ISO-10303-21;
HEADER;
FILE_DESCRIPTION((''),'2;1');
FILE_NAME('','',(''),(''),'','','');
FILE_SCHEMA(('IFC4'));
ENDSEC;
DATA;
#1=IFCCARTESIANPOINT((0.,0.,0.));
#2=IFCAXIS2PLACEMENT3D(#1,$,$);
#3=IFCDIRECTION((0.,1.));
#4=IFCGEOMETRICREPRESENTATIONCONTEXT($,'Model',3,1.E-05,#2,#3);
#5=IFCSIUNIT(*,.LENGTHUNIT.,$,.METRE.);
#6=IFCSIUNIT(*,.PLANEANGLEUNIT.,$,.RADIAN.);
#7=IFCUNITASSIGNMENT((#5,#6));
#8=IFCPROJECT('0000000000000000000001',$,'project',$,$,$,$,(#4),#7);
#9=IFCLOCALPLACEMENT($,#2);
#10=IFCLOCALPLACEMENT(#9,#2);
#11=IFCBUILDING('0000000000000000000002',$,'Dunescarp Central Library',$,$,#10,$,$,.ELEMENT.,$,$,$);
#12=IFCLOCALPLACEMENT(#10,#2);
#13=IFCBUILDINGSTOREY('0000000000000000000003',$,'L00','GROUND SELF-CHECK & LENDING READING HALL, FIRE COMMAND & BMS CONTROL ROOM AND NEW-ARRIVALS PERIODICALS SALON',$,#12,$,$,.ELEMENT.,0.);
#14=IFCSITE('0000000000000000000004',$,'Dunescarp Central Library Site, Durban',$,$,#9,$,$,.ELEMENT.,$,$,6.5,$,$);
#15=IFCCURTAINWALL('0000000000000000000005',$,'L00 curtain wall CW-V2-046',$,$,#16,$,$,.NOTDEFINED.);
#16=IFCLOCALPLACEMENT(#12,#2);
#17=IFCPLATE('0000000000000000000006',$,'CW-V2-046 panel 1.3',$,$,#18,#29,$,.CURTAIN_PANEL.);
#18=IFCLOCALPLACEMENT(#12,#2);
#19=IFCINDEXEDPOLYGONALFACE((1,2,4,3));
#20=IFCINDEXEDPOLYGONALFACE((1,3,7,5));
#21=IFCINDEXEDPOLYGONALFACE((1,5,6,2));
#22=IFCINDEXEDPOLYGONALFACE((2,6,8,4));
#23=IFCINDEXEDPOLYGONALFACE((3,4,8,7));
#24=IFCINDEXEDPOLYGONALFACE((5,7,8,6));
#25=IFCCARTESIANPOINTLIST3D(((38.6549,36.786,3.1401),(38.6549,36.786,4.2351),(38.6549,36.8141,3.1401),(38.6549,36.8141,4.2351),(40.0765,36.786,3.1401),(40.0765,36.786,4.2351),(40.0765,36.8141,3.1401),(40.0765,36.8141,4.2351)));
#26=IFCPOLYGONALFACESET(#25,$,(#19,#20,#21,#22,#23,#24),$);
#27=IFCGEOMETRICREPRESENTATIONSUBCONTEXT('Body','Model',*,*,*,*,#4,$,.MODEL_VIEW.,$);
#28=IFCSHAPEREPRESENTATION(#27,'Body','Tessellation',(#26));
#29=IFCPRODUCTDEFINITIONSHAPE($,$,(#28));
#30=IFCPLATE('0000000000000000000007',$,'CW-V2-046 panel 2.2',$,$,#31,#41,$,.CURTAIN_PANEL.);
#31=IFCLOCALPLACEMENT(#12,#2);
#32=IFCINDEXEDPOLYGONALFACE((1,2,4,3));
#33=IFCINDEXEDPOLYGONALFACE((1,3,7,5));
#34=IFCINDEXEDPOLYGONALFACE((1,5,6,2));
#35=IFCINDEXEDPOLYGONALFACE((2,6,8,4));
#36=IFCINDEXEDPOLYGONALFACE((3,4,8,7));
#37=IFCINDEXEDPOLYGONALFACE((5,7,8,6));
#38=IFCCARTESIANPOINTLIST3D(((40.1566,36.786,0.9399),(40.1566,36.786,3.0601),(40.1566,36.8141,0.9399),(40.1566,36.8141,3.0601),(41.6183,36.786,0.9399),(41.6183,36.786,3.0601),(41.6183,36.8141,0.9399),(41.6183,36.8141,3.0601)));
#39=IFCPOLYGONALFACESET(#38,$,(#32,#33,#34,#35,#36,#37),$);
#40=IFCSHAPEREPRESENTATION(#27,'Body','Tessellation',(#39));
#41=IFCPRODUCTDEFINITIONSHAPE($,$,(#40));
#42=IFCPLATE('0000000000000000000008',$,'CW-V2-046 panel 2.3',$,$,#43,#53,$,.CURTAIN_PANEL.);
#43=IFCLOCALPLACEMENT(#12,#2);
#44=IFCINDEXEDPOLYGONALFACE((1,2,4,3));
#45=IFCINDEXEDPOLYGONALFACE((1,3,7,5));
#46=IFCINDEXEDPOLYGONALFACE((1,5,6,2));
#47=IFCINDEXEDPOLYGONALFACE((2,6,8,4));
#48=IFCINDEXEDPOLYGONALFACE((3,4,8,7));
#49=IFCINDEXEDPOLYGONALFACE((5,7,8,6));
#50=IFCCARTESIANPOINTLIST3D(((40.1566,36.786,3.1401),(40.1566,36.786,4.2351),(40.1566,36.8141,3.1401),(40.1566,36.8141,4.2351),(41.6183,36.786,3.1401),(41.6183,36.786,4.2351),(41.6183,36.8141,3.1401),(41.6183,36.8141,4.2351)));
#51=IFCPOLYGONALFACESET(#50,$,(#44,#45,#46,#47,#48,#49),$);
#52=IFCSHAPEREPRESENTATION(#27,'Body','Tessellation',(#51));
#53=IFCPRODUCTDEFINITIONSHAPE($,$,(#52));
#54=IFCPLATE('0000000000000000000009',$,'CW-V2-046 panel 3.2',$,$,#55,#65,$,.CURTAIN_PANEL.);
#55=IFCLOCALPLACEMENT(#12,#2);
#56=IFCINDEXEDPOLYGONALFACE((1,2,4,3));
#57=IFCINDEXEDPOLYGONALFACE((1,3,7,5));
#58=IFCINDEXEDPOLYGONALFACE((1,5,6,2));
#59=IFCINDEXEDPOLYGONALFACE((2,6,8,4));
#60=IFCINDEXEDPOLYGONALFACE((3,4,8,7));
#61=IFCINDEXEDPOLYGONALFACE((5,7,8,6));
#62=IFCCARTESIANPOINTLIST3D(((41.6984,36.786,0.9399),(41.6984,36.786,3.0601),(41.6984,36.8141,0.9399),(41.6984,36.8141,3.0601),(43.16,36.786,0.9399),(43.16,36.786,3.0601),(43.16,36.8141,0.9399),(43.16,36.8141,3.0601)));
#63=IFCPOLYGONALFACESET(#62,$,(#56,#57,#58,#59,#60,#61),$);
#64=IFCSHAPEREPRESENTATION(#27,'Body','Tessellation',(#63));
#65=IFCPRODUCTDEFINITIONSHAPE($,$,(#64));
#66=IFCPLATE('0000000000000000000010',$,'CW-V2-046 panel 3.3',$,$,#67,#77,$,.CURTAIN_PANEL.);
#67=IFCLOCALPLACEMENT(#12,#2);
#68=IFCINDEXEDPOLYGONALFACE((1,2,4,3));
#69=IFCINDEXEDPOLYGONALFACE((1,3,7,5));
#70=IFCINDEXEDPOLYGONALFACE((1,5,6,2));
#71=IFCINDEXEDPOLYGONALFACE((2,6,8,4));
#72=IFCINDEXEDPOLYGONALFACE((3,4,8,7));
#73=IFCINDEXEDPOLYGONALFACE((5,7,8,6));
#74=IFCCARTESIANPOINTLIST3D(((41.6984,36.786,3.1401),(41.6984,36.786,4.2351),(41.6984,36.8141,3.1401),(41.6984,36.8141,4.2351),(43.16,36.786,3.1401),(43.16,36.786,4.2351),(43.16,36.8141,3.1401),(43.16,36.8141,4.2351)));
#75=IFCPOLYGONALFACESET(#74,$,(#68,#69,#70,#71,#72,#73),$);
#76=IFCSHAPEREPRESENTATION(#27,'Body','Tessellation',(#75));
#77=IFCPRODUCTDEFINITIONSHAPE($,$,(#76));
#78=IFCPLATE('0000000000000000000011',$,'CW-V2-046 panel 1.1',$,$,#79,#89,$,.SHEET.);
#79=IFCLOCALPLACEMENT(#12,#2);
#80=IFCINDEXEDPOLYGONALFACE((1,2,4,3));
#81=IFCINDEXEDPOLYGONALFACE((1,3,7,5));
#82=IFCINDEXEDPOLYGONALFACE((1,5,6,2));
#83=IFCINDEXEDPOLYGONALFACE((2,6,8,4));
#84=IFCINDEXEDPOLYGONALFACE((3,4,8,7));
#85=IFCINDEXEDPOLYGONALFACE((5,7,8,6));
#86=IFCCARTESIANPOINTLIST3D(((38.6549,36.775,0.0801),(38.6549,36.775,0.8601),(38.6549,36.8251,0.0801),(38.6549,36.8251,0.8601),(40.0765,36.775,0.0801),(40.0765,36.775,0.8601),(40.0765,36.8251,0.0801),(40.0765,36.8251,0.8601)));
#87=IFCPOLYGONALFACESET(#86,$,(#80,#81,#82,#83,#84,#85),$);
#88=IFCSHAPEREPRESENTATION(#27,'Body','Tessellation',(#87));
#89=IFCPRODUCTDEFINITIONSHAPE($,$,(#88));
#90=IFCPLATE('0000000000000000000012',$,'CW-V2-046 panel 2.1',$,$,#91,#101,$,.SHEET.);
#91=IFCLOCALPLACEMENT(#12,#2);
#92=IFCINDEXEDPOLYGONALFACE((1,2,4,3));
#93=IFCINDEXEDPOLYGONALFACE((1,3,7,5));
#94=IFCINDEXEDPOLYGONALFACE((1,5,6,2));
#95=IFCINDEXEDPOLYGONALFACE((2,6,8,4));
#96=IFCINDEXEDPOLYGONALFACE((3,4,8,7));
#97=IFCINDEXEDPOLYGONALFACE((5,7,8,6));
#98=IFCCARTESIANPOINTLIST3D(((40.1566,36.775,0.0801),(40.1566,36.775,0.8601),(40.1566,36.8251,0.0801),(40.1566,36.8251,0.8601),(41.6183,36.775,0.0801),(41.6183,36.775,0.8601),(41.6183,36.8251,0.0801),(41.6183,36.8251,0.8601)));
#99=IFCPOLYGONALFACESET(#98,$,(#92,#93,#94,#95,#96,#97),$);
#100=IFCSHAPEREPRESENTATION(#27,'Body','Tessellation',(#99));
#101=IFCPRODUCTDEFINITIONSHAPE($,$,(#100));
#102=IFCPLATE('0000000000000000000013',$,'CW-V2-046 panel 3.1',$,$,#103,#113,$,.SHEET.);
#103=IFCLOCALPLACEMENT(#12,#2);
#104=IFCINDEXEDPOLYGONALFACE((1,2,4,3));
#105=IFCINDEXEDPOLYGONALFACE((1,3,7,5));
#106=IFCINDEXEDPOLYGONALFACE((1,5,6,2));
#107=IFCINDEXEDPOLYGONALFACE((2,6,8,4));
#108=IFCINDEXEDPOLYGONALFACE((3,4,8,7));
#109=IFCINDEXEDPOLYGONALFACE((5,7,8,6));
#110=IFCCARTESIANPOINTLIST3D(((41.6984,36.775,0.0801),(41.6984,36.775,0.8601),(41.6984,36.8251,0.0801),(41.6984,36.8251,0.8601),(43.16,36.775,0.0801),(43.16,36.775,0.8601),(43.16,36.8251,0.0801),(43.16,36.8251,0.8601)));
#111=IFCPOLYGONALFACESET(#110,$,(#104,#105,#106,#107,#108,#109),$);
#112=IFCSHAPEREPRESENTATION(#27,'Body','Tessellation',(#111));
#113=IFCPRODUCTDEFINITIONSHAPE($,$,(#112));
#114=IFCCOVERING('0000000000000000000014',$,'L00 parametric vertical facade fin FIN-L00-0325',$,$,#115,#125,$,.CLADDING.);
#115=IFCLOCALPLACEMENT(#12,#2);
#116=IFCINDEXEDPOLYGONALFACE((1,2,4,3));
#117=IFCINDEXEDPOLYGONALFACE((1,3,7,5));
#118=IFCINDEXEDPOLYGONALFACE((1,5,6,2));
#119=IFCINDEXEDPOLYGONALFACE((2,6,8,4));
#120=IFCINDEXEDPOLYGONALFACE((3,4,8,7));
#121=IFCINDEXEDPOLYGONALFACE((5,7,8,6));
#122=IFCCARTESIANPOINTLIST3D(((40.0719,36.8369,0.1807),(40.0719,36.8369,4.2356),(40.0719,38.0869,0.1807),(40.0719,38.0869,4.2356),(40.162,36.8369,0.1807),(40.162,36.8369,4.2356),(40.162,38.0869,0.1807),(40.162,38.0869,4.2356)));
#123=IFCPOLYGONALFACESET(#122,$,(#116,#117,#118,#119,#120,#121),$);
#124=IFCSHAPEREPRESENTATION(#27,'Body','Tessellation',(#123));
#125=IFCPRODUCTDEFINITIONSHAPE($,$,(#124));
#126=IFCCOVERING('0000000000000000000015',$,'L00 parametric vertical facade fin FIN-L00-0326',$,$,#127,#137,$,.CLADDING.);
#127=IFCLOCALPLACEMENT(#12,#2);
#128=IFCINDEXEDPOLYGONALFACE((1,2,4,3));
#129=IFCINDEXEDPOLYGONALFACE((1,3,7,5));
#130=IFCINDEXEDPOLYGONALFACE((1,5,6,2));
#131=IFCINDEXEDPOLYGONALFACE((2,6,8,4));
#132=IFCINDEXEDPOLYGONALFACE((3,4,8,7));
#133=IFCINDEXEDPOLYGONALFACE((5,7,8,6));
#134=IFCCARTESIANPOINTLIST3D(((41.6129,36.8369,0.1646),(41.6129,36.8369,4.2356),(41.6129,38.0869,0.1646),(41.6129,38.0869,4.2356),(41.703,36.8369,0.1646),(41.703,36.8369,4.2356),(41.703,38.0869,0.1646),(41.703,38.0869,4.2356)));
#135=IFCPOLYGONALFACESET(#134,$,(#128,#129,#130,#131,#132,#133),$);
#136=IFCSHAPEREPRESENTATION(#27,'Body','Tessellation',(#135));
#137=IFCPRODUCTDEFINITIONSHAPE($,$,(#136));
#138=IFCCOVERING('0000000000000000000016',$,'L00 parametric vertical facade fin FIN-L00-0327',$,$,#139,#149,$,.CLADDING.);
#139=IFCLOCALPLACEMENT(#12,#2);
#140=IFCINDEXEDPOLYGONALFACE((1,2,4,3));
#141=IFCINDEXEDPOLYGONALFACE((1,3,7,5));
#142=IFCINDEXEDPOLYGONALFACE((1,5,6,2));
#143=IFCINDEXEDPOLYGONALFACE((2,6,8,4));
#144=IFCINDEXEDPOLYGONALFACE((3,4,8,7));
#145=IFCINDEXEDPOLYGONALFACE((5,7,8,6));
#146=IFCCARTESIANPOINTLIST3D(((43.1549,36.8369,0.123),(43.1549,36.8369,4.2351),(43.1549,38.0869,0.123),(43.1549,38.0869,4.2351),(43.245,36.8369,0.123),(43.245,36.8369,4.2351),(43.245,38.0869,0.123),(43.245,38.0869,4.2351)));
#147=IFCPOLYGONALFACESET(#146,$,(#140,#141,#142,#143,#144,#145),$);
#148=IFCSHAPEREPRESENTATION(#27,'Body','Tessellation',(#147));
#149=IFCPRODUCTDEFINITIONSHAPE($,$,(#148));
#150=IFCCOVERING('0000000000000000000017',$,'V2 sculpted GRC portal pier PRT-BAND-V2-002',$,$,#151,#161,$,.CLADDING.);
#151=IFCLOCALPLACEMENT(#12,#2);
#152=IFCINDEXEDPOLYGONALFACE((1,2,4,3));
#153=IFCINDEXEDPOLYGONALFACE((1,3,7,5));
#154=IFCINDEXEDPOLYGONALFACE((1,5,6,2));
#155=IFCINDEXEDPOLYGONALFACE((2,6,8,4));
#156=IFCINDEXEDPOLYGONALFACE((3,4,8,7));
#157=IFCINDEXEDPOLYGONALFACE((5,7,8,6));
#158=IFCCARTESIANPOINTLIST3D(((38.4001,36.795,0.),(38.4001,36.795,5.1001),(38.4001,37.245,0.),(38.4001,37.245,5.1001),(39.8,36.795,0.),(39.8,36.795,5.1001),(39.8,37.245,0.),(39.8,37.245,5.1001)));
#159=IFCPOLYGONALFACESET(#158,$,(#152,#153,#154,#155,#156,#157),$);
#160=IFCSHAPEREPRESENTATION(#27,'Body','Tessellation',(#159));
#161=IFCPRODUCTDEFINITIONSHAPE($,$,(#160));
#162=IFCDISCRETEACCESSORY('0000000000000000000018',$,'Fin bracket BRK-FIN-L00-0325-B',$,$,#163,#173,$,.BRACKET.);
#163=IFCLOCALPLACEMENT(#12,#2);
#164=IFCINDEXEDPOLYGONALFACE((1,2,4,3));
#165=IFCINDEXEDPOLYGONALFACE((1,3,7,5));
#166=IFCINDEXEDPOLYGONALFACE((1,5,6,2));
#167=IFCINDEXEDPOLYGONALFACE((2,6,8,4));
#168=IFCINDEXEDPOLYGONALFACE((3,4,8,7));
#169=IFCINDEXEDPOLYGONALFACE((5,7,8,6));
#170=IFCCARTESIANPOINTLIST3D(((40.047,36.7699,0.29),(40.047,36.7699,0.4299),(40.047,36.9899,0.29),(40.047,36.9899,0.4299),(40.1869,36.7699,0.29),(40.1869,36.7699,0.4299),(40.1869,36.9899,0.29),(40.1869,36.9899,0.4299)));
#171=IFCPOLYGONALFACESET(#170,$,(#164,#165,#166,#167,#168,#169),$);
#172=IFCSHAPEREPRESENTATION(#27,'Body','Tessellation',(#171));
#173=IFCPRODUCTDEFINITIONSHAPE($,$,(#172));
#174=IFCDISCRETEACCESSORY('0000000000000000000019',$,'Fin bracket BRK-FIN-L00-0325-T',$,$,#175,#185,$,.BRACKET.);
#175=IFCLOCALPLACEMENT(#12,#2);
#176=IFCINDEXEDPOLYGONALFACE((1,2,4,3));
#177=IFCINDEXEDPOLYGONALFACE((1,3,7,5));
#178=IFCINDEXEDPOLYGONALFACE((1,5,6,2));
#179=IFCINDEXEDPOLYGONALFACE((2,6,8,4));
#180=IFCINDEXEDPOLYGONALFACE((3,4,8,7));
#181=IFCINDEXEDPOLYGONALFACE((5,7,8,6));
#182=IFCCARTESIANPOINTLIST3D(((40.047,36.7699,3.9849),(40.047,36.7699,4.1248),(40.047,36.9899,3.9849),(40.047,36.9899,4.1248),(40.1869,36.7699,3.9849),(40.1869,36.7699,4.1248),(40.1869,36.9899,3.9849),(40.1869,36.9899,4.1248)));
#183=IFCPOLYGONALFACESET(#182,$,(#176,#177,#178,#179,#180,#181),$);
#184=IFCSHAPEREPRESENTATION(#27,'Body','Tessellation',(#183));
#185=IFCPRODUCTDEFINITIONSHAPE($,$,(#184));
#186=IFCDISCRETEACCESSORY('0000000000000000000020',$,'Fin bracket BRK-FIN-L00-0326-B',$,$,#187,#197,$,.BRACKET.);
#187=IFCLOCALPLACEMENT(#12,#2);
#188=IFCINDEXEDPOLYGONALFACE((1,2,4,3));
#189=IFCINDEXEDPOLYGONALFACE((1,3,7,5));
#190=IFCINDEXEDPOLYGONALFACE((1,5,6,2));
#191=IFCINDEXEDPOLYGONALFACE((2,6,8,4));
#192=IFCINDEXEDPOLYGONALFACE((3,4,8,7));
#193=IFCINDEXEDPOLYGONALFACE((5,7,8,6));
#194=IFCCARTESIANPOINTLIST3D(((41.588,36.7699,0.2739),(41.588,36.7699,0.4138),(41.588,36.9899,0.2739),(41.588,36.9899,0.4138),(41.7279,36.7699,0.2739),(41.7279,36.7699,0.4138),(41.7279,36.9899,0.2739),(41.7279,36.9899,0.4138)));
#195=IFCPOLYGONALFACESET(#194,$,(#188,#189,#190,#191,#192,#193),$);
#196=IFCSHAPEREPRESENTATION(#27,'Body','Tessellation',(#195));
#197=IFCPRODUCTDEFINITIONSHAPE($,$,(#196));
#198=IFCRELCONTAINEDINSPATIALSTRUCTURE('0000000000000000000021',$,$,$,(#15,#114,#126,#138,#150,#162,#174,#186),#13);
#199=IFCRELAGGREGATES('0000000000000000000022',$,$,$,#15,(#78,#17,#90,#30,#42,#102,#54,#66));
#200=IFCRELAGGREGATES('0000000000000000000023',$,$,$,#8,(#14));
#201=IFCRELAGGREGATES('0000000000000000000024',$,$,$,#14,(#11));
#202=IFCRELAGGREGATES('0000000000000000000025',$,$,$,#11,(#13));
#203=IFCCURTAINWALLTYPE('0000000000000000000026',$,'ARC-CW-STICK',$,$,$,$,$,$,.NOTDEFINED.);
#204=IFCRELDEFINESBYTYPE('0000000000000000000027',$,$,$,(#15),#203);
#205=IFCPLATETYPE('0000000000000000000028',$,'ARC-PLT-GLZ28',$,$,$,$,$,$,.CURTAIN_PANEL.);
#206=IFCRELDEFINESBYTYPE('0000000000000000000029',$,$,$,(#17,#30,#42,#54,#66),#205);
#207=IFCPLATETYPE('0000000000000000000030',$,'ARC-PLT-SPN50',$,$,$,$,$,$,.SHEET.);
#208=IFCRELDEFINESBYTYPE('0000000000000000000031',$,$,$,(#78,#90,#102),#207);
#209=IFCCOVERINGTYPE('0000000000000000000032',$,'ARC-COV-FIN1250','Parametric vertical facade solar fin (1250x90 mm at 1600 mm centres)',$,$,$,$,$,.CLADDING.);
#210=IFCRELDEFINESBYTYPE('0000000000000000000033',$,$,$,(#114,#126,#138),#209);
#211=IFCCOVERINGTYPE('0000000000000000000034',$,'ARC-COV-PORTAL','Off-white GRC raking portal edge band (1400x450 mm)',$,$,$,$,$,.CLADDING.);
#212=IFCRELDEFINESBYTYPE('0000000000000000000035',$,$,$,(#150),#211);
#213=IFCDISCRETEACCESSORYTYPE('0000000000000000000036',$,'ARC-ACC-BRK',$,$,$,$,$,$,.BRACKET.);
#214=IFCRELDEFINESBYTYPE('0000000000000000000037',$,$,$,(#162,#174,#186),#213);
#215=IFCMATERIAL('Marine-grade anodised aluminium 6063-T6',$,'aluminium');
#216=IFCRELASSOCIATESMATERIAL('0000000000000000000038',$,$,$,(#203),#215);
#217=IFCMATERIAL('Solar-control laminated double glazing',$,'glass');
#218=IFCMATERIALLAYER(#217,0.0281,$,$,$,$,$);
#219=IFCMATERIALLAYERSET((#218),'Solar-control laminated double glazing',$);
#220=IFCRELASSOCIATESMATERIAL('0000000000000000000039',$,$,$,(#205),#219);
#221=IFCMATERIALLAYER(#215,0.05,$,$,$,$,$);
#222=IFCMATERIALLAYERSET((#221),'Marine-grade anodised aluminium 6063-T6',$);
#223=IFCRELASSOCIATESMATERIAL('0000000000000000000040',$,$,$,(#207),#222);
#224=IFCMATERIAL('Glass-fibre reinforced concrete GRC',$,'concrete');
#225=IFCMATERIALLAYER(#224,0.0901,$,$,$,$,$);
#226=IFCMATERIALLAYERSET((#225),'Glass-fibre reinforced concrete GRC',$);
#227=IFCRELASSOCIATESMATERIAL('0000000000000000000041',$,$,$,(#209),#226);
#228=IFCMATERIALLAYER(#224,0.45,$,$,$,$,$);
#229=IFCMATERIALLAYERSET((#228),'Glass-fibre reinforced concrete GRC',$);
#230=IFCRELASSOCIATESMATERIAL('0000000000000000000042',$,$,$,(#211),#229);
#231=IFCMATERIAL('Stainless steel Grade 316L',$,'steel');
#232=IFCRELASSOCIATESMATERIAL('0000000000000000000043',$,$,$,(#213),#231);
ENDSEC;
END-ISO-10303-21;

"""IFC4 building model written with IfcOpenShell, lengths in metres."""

from ifc_helpers import new_model, si_unit, direction, frame, origin, origin_2d, place, context, subcontext, project, spatial, rectangle, extrude, material, layer, layer_set, type_object, element, aggregate, save


model = new_model("IFC4")

# Units and contexts
model_context = context("Model", 3, precision=1e-05, world=origin(), true_north=direction((0.0, 1.0)))
body_context = subcontext(model_context, "Body", "Model", "MODEL_VIEW")
ifc_project = project(units=[si_unit("LENGTHUNIT", "METRE"), si_unit("PLANEANGLEUNIT", "RADIAN")], contexts=[model_context])

# Site, building, storey
site_placement = place(None, origin())
site = spatial("IfcSite", under=ifc_project, at=site_placement, Name="Dunescarp Central Library Site, Durban", CompositionType="ELEMENT", RefElevation=6.5)
building_placement = place(site_placement, origin())
building = spatial("IfcBuilding", under=site, at=building_placement, Name="Dunescarp Central Library", CompositionType="ELEMENT")
storey_placement = place(building_placement, origin())
storey = spatial("IfcBuildingStorey", under=building, at=storey_placement, Name="L00", Description="GROUND SELF-CHECK & LENDING READING HALL, FIRE COMMAND & BMS CONTROL ROOM AND NEW-ARRIVALS PERIODICALS SALON", CompositionType="ELEMENT", Elevation=0.0)

# Curtain wall, plates
ifc_material_1 = material(Name="Marine-grade anodised aluminium 6063-T6", Category="aluminium")
curtain_wall_type = type_object("IfcCurtainWallType", Name="ARC-CW-STICK", PredefinedType="NOTDEFINED", material=ifc_material_1)
curtain_wall_placement = place(storey_placement, origin())
curtain_wall = element("IfcCurtainWall", 1, at=curtain_wall_placement, inside=storey, type_object=curtain_wall_type, Name="L00 curtain wall CW-V2-046", PredefinedType="NOTDEFINED")
ifc_material_2 = material(Name="Solar-control laminated double glazing", Category="glass")
ifc_layer_1 = layer(ifc_material_2, 0.0281)
ifc_layer_set_1 = layer_set([ifc_layer_1], Name="Solar-control laminated double glazing")
plate_type_1 = type_object("IfcPlateType", Name="ARC-PLT-GLZ28", PredefinedType="CURTAIN_PANEL", material=ifc_layer_set_1)
plate_1_placement = place(storey_placement, frame((39.3657, 36.8, 3.1401), z_axis=(0.0, 0.0, 1.0), x_axis=(1.0, 0.0, 0.0)))
plate_1 = element("IfcPlate", 2, at=plate_1_placement, type_object=plate_type_1, Name="CW-V2-046 panel 1.3", PredefinedType="CURTAIN_PANEL", context=body_context, shape_type="SweptSolid", body=[
    extrude(rectangle(XDim=1.4216, YDim=0.0281, at=origin_2d()), origin(), (0.0, 0.0, 1.0), 1.095),
])
plate_2_placement = place(storey_placement, frame((40.8875, 36.8, 0.9399), z_axis=(0.0, 0.0, 1.0), x_axis=(1.0, 0.0, 0.0)))
plate_2 = element("IfcPlate", 3, at=plate_2_placement, type_object=plate_type_1, Name="CW-V2-046 panel 2.2", PredefinedType="CURTAIN_PANEL", context=body_context, shape_type="SweptSolid", body=[
    extrude(rectangle(XDim=1.4617, YDim=0.0281, at=origin_2d()), origin(), (0.0, 0.0, 1.0), 2.1201),
])
plate_3_placement = place(storey_placement, frame((40.8875, 36.8, 3.1401), z_axis=(0.0, 0.0, 1.0), x_axis=(1.0, 0.0, 0.0)))
plate_3 = element("IfcPlate", 4, at=plate_3_placement, type_object=plate_type_1, Name="CW-V2-046 panel 2.3", PredefinedType="CURTAIN_PANEL", context=body_context, shape_type="SweptSolid", body=[
    extrude(rectangle(XDim=1.4617, YDim=0.0281, at=origin_2d()), origin(), (0.0, 0.0, 1.0), 1.095),
])
plate_4_placement = place(storey_placement, frame((42.4292, 36.8, 0.9399), z_axis=(0.0, 0.0, 1.0), x_axis=(1.0, 0.0, 0.0)))
plate_4 = element("IfcPlate", 5, at=plate_4_placement, type_object=plate_type_1, Name="CW-V2-046 panel 3.2", PredefinedType="CURTAIN_PANEL", context=body_context, shape_type="SweptSolid", body=[
    extrude(rectangle(XDim=1.4617, YDim=0.0281, at=origin_2d()), origin(), (0.0, 0.0, 1.0), 2.1201),
])
plate_5_placement = place(storey_placement, frame((42.4292, 36.8, 3.1401), z_axis=(0.0, 0.0, 1.0), x_axis=(1.0, 0.0, 0.0)))
plate_5 = element("IfcPlate", 6, at=plate_5_placement, type_object=plate_type_1, Name="CW-V2-046 panel 3.3", PredefinedType="CURTAIN_PANEL", context=body_context, shape_type="SweptSolid", body=[
    extrude(rectangle(XDim=1.4617, YDim=0.0281, at=origin_2d()), origin(), (0.0, 0.0, 1.0), 1.095),
])
ifc_layer_2 = layer(ifc_material_1, 0.05)
ifc_layer_set_2 = layer_set([ifc_layer_2], Name="Marine-grade anodised aluminium 6063-T6")
plate_type_2 = type_object("IfcPlateType", Name="ARC-PLT-SPN50", PredefinedType="SHEET", material=ifc_layer_set_2)
plate_6_placement = place(storey_placement, frame((39.3657, 36.8, 0.0801), z_axis=(0.0, 0.0, 1.0), x_axis=(1.0, 0.0, 0.0)))
plate_6 = element("IfcPlate", 7, at=plate_6_placement, type_object=plate_type_2, Name="CW-V2-046 panel 1.1", PredefinedType="SHEET", context=body_context, shape_type="SweptSolid", body=[
    extrude(rectangle(XDim=1.4216, YDim=0.05, at=origin_2d()), origin(), (0.0, 0.0, 1.0), 0.78),
])
plate_7_placement = place(storey_placement, frame((40.8875, 36.8, 0.0801), z_axis=(0.0, 0.0, 1.0), x_axis=(1.0, 0.0, 0.0)))
plate_7 = element("IfcPlate", 8, at=plate_7_placement, type_object=plate_type_2, Name="CW-V2-046 panel 2.1", PredefinedType="SHEET", context=body_context, shape_type="SweptSolid", body=[
    extrude(rectangle(XDim=1.4617, YDim=0.05, at=origin_2d()), origin(), (0.0, 0.0, 1.0), 0.78),
])
plate_8_placement = place(storey_placement, frame((42.4292, 36.8, 0.0801), z_axis=(0.0, 0.0, 1.0), x_axis=(1.0, 0.0, 0.0)))
plate_8 = element("IfcPlate", 9, at=plate_8_placement, type_object=plate_type_2, Name="CW-V2-046 panel 3.1", PredefinedType="SHEET", context=body_context, shape_type="SweptSolid", body=[
    extrude(rectangle(XDim=1.4617, YDim=0.05, at=origin_2d()), origin(), (0.0, 0.0, 1.0), 0.78),
])
aggregate(curtain_wall, [plate_6, plate_1, plate_7, plate_2, plate_3, plate_8, plate_4, plate_5])

# Coverings
ifc_material_3 = material(Name="Glass-fibre reinforced concrete GRC", Category="concrete")
ifc_layer_3 = layer(ifc_material_3, 0.0901)
ifc_layer_set_3 = layer_set([ifc_layer_3], Name="Glass-fibre reinforced concrete GRC")
covering_type_1 = type_object("IfcCoveringType", Name="ARC-COV-FIN1250", Description="Parametric vertical facade solar fin (1250x90 mm at 1600 mm centres)", PredefinedType="CLADDING", material=ifc_layer_set_3)
covering_1_placement = place(storey_placement, frame((40.1169, 37.4619, 0.1807), z_axis=(0.0, 0.0, 1.0), x_axis=(0.0, 1.0, 0.0)))
element("IfcCovering", 10, at=covering_1_placement, inside=storey, type_object=covering_type_1, Name="L00 parametric vertical facade fin FIN-L00-0325", PredefinedType="CLADDING", context=body_context, shape_type="SweptSolid", body=[
    extrude(rectangle(XDim=1.25, YDim=0.0901, at=origin_2d()), origin(), (0.0, 0.0, 1.0), 4.0549),
])
covering_2_placement = place(storey_placement, frame((41.658, 37.4619, 0.1646), z_axis=(0.0, 0.0, 1.0), x_axis=(0.0, 1.0, 0.0)))
element("IfcCovering", 11, at=covering_2_placement, inside=storey, type_object=covering_type_1, Name="L00 parametric vertical facade fin FIN-L00-0326", PredefinedType="CLADDING", context=body_context, shape_type="SweptSolid", body=[
    extrude(rectangle(XDim=1.25, YDim=0.0901, at=origin_2d()), origin(), (0.0, 0.0, 1.0), 4.071),
])
covering_3_placement = place(storey_placement, frame((43.2, 37.4619, 0.123), z_axis=(0.0, 0.0, 1.0), x_axis=(0.0, 1.0, 0.0)))
element("IfcCovering", 12, at=covering_3_placement, inside=storey, type_object=covering_type_1, Name="L00 parametric vertical facade fin FIN-L00-0327", PredefinedType="CLADDING", context=body_context, shape_type="SweptSolid", body=[
    extrude(rectangle(XDim=1.25, YDim=0.0901, at=origin_2d()), origin(), (0.0, 0.0, 1.0), 4.1121),
])
ifc_layer_4 = layer(ifc_material_3, 0.45)
ifc_layer_set_4 = layer_set([ifc_layer_4], Name="Glass-fibre reinforced concrete GRC")
covering_type_2 = type_object("IfcCoveringType", Name="ARC-COV-PORTAL", Description="Off-white GRC raking portal edge band (1400x450 mm)", PredefinedType="CLADDING", material=ifc_layer_set_4)
covering_4_placement = place(storey_placement, frame((39.1001, 37.02, 0.0), z_axis=(0.0, 0.0, 1.0), x_axis=(1.0, 0.0, 0.0)))
element("IfcCovering", 13, at=covering_4_placement, inside=storey, type_object=covering_type_2, Name="V2 sculpted GRC portal pier PRT-BAND-V2-002", PredefinedType="CLADDING", context=body_context, shape_type="SweptSolid", body=[
    extrude(rectangle(XDim=1.3999, YDim=0.45, at=origin_2d()), origin(), (0.0, 0.0, 1.0), 5.1001),
])

# Discrete accessories
ifc_material_4 = material(Name="Stainless steel Grade 316L", Category="steel")
discrete_accessory_type = type_object("IfcDiscreteAccessoryType", Name="ARC-ACC-BRK", PredefinedType="BRACKET", material=ifc_material_4)
for number, where, z_axis, x_axis, name in (
    (14, (40.1169, 36.8799, 0.29), (0.0, 0.0, 1.0), (0.0, 1.0, 0.0), "Fin bracket BRK-FIN-L00-0325-B"),
    (15, (40.1169, 36.8799, 3.9849), (0.0, 0.0, 1.0), (0.0, 1.0, 0.0), "Fin bracket BRK-FIN-L00-0325-T"),
    (16, (41.658, 36.8799, 0.2739), (0.0, 0.0, 1.0), (0.0, 1.0, 0.0), "Fin bracket BRK-FIN-L00-0326-B"),
):
    element("IfcDiscreteAccessory", number, at=place(storey_placement, frame(where, z_axis=z_axis, x_axis=x_axis)), inside=storey, type_object=discrete_accessory_type, Name=name, PredefinedType="BRACKET", context=body_context, shape_type="SweptSolid", body=[
        extrude(rectangle(XDim=0.22, YDim=0.1399, at=origin_2d()), origin(), (0.0, 0.0, 1.0), 0.1399),
    ])

save(model, "model.ifc")
